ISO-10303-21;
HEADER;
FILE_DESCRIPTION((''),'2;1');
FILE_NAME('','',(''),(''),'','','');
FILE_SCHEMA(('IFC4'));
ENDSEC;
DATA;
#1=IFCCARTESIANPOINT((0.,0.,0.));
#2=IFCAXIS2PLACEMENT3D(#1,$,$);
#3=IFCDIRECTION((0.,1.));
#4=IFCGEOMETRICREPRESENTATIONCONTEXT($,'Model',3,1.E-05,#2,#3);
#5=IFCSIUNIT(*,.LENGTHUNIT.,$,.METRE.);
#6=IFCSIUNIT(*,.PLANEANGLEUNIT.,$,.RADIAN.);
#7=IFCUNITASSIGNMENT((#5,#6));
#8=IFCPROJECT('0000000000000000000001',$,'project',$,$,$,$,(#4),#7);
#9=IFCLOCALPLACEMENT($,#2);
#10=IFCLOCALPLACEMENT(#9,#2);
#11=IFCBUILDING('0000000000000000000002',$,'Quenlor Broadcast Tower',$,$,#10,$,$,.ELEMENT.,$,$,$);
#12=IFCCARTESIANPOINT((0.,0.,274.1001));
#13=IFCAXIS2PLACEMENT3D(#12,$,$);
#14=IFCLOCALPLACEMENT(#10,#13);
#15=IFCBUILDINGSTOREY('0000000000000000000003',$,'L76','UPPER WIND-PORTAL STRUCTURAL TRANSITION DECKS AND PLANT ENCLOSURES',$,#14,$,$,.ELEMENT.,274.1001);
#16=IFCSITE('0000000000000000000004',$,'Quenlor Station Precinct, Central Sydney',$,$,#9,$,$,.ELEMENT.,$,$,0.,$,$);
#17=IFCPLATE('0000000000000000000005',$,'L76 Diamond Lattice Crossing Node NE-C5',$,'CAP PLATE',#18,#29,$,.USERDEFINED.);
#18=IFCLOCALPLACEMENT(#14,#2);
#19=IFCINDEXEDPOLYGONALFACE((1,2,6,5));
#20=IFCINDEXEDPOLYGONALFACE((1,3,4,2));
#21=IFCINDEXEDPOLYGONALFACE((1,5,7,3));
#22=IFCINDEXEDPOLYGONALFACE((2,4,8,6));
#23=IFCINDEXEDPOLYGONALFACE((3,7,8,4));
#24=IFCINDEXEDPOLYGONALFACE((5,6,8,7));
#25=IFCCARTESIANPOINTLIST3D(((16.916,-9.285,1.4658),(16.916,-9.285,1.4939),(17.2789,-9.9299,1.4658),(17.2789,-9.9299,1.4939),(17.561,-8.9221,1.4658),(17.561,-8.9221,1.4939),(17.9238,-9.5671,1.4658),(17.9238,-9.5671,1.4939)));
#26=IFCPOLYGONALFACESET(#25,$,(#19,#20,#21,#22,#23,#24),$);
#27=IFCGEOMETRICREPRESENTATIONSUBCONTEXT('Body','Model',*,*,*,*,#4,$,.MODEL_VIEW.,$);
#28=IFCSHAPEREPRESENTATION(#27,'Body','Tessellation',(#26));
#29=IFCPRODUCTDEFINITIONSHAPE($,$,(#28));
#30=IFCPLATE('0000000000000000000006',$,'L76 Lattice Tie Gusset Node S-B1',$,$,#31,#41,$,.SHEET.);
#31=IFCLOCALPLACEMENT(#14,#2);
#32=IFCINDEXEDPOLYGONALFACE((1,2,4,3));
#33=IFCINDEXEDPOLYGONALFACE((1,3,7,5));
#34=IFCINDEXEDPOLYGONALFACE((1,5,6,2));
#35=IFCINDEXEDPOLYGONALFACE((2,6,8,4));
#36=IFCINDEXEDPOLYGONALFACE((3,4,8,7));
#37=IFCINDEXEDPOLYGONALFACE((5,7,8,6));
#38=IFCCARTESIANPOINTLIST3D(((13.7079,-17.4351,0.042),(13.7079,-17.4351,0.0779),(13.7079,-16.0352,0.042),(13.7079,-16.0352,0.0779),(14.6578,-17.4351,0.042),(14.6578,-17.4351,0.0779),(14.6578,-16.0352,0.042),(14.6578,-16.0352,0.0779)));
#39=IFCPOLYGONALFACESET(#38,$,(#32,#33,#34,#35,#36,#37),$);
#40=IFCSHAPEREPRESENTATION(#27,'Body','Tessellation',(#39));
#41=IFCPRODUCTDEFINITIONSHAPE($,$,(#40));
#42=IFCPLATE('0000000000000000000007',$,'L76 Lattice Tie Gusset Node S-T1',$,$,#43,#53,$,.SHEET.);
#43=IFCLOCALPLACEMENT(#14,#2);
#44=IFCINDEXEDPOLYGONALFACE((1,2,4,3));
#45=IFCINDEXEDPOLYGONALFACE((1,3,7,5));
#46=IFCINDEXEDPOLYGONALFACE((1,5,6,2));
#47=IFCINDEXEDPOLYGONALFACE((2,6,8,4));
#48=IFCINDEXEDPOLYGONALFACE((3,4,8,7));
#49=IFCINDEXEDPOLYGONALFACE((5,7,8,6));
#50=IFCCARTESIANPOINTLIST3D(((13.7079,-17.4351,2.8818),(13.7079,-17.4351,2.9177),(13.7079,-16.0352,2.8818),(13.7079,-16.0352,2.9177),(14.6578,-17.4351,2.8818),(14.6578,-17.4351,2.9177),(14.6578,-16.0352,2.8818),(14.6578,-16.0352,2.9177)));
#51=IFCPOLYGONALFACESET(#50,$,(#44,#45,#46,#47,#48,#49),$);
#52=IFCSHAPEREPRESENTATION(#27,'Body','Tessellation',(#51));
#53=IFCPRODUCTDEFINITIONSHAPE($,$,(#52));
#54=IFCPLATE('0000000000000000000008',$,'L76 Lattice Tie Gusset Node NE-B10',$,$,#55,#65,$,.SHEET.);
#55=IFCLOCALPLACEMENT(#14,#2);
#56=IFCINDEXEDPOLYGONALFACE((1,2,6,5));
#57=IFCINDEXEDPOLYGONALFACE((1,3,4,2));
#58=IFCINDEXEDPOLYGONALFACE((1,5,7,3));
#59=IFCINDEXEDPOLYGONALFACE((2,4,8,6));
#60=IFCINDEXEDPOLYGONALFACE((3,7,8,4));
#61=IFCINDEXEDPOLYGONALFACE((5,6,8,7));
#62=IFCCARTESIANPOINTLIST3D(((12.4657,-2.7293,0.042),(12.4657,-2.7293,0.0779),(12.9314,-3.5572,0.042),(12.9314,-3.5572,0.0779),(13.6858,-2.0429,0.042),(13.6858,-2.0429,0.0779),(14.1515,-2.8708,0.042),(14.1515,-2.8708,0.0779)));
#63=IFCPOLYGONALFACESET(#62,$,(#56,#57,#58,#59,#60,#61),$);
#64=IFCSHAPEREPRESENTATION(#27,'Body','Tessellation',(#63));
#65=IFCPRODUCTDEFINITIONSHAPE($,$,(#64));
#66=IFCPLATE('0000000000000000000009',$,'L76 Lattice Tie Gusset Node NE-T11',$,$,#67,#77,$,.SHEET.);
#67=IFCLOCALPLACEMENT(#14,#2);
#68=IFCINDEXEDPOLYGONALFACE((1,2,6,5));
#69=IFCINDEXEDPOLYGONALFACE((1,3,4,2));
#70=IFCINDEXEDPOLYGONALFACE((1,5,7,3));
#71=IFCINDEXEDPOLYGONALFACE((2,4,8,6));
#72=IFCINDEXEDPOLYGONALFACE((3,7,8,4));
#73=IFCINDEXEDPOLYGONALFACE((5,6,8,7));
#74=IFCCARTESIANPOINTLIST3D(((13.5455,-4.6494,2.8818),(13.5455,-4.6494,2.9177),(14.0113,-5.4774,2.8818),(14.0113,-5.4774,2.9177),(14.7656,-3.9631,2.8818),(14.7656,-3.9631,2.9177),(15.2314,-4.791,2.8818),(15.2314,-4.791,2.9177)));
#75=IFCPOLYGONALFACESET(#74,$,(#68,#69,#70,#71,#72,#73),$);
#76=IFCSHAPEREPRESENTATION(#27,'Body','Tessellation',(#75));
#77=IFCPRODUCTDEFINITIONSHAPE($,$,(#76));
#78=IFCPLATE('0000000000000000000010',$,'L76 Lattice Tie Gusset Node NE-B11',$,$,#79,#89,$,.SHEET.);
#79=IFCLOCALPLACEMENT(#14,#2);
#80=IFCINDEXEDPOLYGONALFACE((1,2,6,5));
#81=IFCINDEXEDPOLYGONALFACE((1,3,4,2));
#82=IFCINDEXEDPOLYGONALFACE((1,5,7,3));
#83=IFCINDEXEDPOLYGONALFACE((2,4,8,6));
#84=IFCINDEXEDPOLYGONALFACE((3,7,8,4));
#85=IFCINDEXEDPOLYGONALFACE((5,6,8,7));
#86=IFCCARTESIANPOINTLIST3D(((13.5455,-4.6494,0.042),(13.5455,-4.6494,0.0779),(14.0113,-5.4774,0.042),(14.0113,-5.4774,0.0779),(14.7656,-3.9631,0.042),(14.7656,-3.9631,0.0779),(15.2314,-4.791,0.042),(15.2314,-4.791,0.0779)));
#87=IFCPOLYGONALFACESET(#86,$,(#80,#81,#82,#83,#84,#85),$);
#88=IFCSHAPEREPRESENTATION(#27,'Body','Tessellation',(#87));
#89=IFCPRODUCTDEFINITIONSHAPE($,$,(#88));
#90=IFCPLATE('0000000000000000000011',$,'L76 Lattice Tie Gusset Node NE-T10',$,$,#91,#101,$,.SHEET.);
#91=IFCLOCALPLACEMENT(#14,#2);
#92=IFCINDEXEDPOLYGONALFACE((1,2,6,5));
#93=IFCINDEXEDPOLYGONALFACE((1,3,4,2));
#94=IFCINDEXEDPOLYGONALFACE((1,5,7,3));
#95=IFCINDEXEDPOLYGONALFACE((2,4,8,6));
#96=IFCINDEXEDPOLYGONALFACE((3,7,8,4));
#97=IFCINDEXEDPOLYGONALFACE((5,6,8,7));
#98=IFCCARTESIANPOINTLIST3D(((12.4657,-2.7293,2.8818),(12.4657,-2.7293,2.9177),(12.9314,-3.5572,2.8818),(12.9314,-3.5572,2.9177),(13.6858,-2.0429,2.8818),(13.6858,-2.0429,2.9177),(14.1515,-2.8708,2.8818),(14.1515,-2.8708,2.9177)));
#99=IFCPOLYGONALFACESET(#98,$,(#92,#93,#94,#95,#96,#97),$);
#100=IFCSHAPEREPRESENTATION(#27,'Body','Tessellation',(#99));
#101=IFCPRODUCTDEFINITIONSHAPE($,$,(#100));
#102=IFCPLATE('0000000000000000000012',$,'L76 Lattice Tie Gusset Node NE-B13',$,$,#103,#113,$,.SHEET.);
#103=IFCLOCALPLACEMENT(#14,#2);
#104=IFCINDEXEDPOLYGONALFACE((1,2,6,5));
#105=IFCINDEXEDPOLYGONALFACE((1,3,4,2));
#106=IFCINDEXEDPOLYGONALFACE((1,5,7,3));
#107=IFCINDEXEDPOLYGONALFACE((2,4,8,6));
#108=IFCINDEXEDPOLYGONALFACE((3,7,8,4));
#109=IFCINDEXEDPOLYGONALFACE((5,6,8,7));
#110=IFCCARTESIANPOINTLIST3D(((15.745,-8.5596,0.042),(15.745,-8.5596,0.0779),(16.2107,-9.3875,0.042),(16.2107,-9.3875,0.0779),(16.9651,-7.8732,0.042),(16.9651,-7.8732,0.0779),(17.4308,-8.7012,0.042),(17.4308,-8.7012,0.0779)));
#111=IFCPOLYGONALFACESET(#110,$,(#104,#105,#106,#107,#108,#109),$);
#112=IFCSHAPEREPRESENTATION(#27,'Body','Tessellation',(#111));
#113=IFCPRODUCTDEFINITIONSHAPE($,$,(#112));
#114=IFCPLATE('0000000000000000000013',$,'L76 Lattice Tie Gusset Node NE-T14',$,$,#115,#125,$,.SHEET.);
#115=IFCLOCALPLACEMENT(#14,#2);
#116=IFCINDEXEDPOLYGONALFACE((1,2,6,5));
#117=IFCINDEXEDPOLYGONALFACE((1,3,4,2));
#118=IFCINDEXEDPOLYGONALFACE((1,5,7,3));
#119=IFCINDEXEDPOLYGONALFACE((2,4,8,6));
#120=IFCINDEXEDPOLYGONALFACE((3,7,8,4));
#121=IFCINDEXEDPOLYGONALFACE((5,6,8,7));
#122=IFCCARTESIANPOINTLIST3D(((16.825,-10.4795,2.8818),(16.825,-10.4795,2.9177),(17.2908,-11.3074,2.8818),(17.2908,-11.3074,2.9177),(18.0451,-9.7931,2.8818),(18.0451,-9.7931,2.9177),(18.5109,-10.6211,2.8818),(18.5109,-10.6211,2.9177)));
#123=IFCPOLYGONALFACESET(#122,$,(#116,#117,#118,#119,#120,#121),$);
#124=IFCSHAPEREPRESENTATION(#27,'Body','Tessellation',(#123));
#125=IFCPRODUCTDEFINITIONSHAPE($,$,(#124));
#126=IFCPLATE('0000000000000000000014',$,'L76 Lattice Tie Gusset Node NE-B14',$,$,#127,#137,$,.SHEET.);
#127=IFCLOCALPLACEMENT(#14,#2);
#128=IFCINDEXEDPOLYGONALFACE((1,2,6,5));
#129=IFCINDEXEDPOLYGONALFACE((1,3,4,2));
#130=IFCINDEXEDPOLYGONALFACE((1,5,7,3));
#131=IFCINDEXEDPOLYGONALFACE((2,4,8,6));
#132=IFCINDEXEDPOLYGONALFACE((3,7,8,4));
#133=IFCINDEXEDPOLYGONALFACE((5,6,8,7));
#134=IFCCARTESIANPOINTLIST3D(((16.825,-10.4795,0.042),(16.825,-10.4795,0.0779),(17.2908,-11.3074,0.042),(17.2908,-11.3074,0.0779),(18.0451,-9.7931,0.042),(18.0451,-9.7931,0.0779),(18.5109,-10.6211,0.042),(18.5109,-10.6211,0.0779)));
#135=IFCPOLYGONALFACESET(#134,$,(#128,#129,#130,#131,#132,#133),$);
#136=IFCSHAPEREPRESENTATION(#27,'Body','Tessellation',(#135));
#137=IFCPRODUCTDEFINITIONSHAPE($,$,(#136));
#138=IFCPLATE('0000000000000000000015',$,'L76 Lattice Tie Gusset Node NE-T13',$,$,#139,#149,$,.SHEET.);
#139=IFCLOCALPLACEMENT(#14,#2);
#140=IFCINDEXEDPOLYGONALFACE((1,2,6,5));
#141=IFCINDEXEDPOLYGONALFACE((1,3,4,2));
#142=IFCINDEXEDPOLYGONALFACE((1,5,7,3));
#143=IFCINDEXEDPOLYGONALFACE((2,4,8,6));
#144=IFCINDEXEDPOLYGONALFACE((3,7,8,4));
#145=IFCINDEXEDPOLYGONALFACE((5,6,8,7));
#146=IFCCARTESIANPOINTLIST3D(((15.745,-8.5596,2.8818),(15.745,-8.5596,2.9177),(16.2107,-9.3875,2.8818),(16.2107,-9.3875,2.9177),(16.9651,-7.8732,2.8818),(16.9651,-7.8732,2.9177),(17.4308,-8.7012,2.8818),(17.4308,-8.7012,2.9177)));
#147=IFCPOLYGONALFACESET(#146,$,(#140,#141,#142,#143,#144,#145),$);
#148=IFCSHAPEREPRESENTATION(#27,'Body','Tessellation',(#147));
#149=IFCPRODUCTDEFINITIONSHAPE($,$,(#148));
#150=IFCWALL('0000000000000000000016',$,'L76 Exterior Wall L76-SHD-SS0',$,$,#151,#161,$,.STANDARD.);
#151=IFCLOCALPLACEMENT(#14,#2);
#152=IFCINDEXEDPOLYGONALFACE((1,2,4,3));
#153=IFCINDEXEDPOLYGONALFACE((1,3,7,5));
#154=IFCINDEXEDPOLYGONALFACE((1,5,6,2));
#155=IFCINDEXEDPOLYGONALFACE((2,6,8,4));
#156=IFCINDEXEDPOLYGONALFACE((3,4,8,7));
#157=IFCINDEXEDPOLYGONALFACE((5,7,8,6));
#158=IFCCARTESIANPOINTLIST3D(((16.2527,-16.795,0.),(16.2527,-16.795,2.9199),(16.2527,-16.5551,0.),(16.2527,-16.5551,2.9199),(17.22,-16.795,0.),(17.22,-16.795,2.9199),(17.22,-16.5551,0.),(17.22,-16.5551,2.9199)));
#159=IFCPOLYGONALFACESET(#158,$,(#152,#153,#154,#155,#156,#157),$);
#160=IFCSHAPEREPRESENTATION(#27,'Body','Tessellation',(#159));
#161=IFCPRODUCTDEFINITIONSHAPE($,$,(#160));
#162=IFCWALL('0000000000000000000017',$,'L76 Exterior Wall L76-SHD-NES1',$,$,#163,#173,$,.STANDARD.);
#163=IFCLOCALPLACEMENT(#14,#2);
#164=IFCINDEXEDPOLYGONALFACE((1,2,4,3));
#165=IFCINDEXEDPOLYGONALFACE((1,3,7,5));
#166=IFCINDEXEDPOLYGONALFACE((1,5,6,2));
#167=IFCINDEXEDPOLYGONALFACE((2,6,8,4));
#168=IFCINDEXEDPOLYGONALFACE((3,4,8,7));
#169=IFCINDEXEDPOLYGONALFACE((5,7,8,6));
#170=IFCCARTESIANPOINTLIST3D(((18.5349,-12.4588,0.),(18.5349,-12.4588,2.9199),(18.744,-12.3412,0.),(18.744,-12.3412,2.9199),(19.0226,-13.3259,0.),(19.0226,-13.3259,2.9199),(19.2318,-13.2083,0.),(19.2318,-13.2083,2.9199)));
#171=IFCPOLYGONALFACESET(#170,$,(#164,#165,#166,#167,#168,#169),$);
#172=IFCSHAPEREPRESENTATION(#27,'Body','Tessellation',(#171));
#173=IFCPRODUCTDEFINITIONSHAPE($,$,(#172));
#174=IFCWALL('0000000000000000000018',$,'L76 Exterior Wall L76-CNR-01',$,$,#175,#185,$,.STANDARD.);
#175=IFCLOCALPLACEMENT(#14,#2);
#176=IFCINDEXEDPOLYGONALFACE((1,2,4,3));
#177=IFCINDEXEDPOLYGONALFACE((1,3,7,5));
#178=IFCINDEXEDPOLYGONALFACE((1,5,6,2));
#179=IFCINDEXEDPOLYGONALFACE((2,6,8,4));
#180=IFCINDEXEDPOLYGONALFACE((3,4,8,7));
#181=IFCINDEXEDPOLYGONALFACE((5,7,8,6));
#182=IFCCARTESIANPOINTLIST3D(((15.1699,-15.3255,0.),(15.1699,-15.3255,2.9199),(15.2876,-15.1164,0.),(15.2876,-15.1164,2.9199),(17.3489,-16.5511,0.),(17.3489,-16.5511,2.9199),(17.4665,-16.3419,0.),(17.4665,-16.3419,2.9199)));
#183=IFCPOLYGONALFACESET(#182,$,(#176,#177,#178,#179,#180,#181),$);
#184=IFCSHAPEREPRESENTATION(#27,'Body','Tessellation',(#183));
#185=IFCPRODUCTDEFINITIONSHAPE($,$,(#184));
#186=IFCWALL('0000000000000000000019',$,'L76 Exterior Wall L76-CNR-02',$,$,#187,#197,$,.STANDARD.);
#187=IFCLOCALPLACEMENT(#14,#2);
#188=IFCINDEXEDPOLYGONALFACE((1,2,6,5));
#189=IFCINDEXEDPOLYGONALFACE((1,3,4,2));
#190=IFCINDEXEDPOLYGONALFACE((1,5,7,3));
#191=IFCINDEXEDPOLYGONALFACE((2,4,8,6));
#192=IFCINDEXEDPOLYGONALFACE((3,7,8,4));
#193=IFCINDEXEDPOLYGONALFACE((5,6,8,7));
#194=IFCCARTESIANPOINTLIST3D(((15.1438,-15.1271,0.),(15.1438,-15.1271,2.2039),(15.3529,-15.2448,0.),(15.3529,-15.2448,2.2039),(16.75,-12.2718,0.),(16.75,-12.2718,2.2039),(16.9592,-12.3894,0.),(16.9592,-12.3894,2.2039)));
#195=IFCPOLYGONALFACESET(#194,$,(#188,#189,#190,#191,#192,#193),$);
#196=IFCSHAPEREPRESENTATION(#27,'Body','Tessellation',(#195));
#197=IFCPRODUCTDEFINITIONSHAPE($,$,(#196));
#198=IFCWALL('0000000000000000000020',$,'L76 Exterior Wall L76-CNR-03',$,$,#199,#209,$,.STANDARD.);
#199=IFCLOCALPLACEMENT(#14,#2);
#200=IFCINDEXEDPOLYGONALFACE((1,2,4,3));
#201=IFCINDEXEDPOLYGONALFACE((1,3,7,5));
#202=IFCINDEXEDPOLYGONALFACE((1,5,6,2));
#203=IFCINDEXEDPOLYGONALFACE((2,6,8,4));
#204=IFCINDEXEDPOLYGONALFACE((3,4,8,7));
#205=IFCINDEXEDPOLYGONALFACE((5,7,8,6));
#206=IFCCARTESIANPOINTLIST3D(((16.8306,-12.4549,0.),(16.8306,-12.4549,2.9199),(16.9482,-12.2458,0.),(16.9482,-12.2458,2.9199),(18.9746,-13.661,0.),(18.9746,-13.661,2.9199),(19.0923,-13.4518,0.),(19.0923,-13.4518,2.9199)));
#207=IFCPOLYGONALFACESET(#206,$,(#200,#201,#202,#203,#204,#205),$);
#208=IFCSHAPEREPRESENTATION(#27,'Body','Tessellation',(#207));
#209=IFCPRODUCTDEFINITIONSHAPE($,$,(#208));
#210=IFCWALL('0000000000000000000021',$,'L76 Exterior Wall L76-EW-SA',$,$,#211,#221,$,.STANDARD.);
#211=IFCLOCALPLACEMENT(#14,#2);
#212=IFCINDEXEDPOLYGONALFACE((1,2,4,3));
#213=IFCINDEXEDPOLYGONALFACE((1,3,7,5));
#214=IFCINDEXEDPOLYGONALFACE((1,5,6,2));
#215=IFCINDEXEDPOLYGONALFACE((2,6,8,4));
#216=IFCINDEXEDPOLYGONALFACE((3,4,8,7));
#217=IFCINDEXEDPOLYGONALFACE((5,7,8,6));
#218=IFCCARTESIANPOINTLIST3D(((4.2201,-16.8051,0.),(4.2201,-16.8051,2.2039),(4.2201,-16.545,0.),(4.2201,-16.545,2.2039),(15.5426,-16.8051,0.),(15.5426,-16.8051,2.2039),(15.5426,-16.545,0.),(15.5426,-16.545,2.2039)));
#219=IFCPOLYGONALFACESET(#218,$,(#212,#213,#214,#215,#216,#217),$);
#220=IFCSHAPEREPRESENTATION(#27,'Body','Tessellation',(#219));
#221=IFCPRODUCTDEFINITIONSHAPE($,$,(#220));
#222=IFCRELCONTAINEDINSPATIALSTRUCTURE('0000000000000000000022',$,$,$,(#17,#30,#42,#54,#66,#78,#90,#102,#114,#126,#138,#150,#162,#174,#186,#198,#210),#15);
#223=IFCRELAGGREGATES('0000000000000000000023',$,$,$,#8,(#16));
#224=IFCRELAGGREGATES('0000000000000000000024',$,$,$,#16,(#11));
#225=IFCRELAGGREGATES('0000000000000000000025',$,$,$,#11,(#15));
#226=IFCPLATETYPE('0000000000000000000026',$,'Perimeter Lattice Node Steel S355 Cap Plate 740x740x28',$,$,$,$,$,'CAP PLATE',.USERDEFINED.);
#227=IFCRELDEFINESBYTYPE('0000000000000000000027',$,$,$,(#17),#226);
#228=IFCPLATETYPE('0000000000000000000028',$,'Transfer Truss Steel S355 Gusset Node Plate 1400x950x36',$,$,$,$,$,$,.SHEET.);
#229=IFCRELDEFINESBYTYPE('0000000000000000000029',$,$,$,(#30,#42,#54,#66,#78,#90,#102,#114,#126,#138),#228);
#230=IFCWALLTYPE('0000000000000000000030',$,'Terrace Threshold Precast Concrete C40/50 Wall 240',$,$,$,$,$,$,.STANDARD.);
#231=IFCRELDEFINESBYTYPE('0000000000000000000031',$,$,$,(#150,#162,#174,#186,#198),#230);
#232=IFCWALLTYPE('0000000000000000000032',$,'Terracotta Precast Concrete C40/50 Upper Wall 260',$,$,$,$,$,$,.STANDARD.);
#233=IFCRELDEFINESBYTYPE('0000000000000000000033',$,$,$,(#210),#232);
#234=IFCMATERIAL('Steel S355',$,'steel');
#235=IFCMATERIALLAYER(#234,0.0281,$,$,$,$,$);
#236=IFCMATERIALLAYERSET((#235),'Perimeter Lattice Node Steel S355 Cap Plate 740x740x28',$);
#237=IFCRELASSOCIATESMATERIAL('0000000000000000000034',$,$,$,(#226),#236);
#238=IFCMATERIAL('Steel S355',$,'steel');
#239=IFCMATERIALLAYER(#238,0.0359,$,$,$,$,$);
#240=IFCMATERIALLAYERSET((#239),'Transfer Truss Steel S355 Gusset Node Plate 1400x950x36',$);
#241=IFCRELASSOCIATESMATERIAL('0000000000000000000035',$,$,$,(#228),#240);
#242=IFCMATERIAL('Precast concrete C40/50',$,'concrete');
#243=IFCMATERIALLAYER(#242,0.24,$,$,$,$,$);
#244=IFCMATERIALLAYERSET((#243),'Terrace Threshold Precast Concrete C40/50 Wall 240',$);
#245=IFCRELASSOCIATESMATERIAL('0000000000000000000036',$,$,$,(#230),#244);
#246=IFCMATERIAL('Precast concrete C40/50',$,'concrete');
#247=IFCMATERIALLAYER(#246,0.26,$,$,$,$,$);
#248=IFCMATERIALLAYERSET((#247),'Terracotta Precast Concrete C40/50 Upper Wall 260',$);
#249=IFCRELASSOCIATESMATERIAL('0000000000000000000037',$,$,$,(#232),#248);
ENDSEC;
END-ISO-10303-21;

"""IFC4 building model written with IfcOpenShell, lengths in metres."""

from ifc_helpers import new_model, si_unit, direction, frame, frame_2d, origin, origin_2d, place, context, subcontext, project, spatial, rectangle, extrude, material, layer, layer_set, type_object, element, save


model = new_model("IFC4")

# Units and contexts
model_context = context("Model", 3, precision=1e-05, world=origin(), true_north=direction((0.0, 1.0)))
body_context = subcontext(model_context, "Body", "Model", "MODEL_VIEW")
ifc_project = project(units=[si_unit("LENGTHUNIT", "METRE"), si_unit("PLANEANGLEUNIT", "RADIAN")], contexts=[model_context])

# Site, building, storey
site_placement = place(None, origin())
site = spatial("IfcSite", under=ifc_project, at=site_placement, Name="Quenlor Station Precinct, Central Sydney", CompositionType="ELEMENT", RefElevation=0.0)
building_placement = place(site_placement, origin())
building = spatial("IfcBuilding", under=site, at=building_placement, Name="Quenlor Broadcast Tower", CompositionType="ELEMENT")
storey_placement = place(building_placement, frame((0.0, 0.0, 274.1001)))
storey = spatial("IfcBuildingStorey", under=building, at=storey_placement, Name="L76", Description="UPPER WIND-PORTAL STRUCTURAL TRANSITION DECKS AND PLANT ENCLOSURES", CompositionType="ELEMENT", Elevation=274.1001)

# Plates
ifc_material_1 = material(Name="Steel S355", Category="steel")
ifc_layer_1 = layer(ifc_material_1, 0.0281)
ifc_layer_set_1 = layer_set([ifc_layer_1], Name="Perimeter Lattice Node Steel S355 Cap Plate 740x740x28")
plate_type_1 = type_object("IfcPlateType", Name="Perimeter Lattice Node Steel S355 Cap Plate 740x740x28", ElementType="CAP PLATE", PredefinedType="USERDEFINED", material=ifc_layer_set_1)
for number, where, z_axis, x_axis, name in (
    (1, (17.4199, -9.426, 1.4658), (0.0, 0.0, 1.0), (0.490295, -0.871556, 0.0), "L76 Diamond Lattice Crossing Node NE-C5"),
):
    element("IfcPlate", number, at=place(storey_placement, frame(where, z_axis=z_axis, x_axis=x_axis)), inside=storey, type_object=plate_type_1, Name=name, ObjectType="CAP PLATE", PredefinedType="USERDEFINED", context=body_context, shape_type="SweptSolid", body=[
        extrude(rectangle(XDim=0.74, YDim=0.74, at=origin_2d()), origin(), (0.0, 0.0, 1.0), 0.0281),
    ])
ifc_material_2 = material(Name="Steel S355", Category="steel")
ifc_layer_2 = layer(ifc_material_2, 0.0359)
ifc_layer_set_2 = layer_set([ifc_layer_2], Name="Transfer Truss Steel S355 Gusset Node Plate 1400x950x36")
plate_type_2 = type_object("IfcPlateType", Name="Transfer Truss Steel S355 Gusset Node Plate 1400x950x36", PredefinedType="SHEET", material=ifc_layer_set_2)
for number, where, z_axis, x_axis, name in (
    (2, (14.1829, -16.7351, 0.042), (0.0, 0.0, 1.0), (0.0, -1.0, 0.0), "L76 Lattice Tie Gusset Node S-B1"),
    (3, (14.1829, -16.7351, 2.8818), (0.0, 0.0, 1.0), (0.0, -1.0, 0.0), "L76 Lattice Tie Gusset Node S-T1"),
    (4, (13.3086, -2.8, 0.042), (0.0, 0.0, 1.0), (0.871556, 0.490295, 0.0), "L76 Lattice Tie Gusset Node NE-B10"),
    (5, (14.3884, -4.7202, 2.8818), (0.0, 0.0, 1.0), (0.871556, 0.490295, 0.0), "L76 Lattice Tie Gusset Node NE-T11"),
    (6, (14.3884, -4.7202, 0.042), (0.0, 0.0, 1.0), (0.871556, 0.490295, 0.0), "L76 Lattice Tie Gusset Node NE-B11"),
    (7, (13.3086, -2.8, 2.8818), (0.0, 0.0, 1.0), (0.871556, 0.490295, 0.0), "L76 Lattice Tie Gusset Node NE-T10"),
    (8, (16.5879, -8.6304, 0.042), (0.0, 0.0, 1.0), (0.871556, 0.490295, 0.0), "L76 Lattice Tie Gusset Node NE-B13"),
    (9, (17.668, -10.5503, 2.8818), (0.0, 0.0, 1.0), (0.871556, 0.490295, 0.0), "L76 Lattice Tie Gusset Node NE-T14"),
    (10, (17.668, -10.5503, 0.042), (0.0, 0.0, 1.0), (0.871556, 0.490295, 0.0), "L76 Lattice Tie Gusset Node NE-B14"),
    (11, (16.5879, -8.6304, 2.8818), (0.0, 0.0, 1.0), (0.871556, 0.490295, 0.0), "L76 Lattice Tie Gusset Node NE-T13"),
):
    element("IfcPlate", number, at=place(storey_placement, frame(where, z_axis=z_axis, x_axis=x_axis)), inside=storey, type_object=plate_type_2, Name=name, PredefinedType="SHEET", context=body_context, shape_type="SweptSolid", body=[
        extrude(rectangle(XDim=1.3999, YDim=0.95, at=origin_2d()), origin(), (0.0, 0.0, 1.0), 0.0359),
    ])

# Walls
ifc_material_3 = material(Name="Precast concrete C40/50", Category="concrete")
ifc_layer_3 = layer(ifc_material_3, 0.24)
ifc_layer_set_3 = layer_set([ifc_layer_3], Name="Terrace Threshold Precast Concrete C40/50 Wall 240")
wall_type_1 = type_object("IfcWallType", Name="Terrace Threshold Precast Concrete C40/50 Wall 240", PredefinedType="STANDARD", material=ifc_layer_set_3)
wall_1_placement = place(storey_placement, frame((17.22, -16.675, 0.0), z_axis=(0.0, 0.0, 1.0), x_axis=(-1.0, 0.0, 0.0)))
element("IfcWall", 12, at=wall_1_placement, inside=storey, type_object=wall_type_1, Name="L76 Exterior Wall L76-SHD-SS0", PredefinedType="STANDARD", context=body_context, shape_type="SweptSolid", body=[
    extrude(rectangle(XDim=0.9673, YDim=0.24, at=frame_2d((0.4836, 0.0))), origin(), (0.0, 0.0, 1.0), 2.9199),
])
wall_2_placement = place(storey_placement, frame((18.6394, -12.3999, 0.0), z_axis=(0.0, 0.0, 1.0), x_axis=(0.490261, -0.871576, 0.0)))
element("IfcWall", 13, at=wall_2_placement, inside=storey, type_object=wall_type_1, Name="L76 Exterior Wall L76-SHD-NES1", PredefinedType="STANDARD", context=body_context, shape_type="SweptSolid", body=[
    extrude(rectangle(XDim=0.9949, YDim=0.24, at=frame_2d((0.4976, 0.0))), origin(), (0.0, 0.0, 1.0), 2.9199),
])
wall_3_placement = place(storey_placement, frame((17.4077, -16.4465, 0.0), z_axis=(0.0, 0.0, 1.0), x_axis=(-0.871589, 0.490238, 0.0)))
element("IfcWall", 14, at=wall_3_placement, inside=storey, type_object=wall_type_1, Name="L76 Exterior Wall L76-CNR-01", PredefinedType="STANDARD", context=body_context, shape_type="SweptSolid", body=[
    extrude(rectangle(XDim=2.5, YDim=0.24, at=frame_2d((1.25, 0.0))), origin(), (0.0, 0.0, 1.0), 2.9199),
])
wall_4_placement = place(storey_placement, frame((15.2483, -15.186, 0.0), z_axis=(0.0, 0.0, 1.0), x_axis=(0.490293, 0.871558, 0.0)))
element("IfcWall", 15, at=wall_4_placement, inside=storey, type_object=wall_type_1, Name="L76 Exterior Wall L76-CNR-02", PredefinedType="STANDARD", context=body_context, shape_type="SweptSolid", body=[
    extrude(rectangle(XDim=3.2761, YDim=0.24, at=frame_2d((1.6382, 0.0))), origin(), (0.0, 0.0, 1.0), 2.2039),
])
wall_5_placement = place(storey_placement, frame((16.8894, -12.3503, 0.0), z_axis=(0.0, 0.0, 1.0), x_axis=(0.87157, -0.490271, 0.0)))
element("IfcWall", 16, at=wall_5_placement, inside=storey, type_object=wall_type_1, Name="L76 Exterior Wall L76-CNR-03", PredefinedType="STANDARD", context=body_context, shape_type="SweptSolid", body=[
    extrude(rectangle(XDim=2.46, YDim=0.24, at=frame_2d((1.23, 0.0))), origin(), (0.0, 0.0, 1.0), 2.9199),
])
ifc_material_4 = material(Name="Precast concrete C40/50", Category="concrete")
ifc_layer_4 = layer(ifc_material_4, 0.26)
ifc_layer_set_4 = layer_set([ifc_layer_4], Name="Terracotta Precast Concrete C40/50 Upper Wall 260")
wall_type_2 = type_object("IfcWallType", Name="Terracotta Precast Concrete C40/50 Upper Wall 260", PredefinedType="STANDARD", material=ifc_layer_set_4)
wall_6_placement = place(storey_placement, frame((15.5425, -16.675, 0.0), z_axis=(0.0, 0.0, 1.0), x_axis=(-1.0, 0.0, 0.0)))
element("IfcWall", 17, at=wall_6_placement, inside=storey, type_object=wall_type_2, Name="L76 Exterior Wall L76-EW-SA", PredefinedType="STANDARD", context=body_context, shape_type="SweptSolid", body=[
    extrude(rectangle(XDim=11.3225, YDim=0.26, at=frame_2d((5.6611, 0.0))), origin(), (0.0, 0.0, 1.0), 2.2039),
])

save(model, "model.ifc")
